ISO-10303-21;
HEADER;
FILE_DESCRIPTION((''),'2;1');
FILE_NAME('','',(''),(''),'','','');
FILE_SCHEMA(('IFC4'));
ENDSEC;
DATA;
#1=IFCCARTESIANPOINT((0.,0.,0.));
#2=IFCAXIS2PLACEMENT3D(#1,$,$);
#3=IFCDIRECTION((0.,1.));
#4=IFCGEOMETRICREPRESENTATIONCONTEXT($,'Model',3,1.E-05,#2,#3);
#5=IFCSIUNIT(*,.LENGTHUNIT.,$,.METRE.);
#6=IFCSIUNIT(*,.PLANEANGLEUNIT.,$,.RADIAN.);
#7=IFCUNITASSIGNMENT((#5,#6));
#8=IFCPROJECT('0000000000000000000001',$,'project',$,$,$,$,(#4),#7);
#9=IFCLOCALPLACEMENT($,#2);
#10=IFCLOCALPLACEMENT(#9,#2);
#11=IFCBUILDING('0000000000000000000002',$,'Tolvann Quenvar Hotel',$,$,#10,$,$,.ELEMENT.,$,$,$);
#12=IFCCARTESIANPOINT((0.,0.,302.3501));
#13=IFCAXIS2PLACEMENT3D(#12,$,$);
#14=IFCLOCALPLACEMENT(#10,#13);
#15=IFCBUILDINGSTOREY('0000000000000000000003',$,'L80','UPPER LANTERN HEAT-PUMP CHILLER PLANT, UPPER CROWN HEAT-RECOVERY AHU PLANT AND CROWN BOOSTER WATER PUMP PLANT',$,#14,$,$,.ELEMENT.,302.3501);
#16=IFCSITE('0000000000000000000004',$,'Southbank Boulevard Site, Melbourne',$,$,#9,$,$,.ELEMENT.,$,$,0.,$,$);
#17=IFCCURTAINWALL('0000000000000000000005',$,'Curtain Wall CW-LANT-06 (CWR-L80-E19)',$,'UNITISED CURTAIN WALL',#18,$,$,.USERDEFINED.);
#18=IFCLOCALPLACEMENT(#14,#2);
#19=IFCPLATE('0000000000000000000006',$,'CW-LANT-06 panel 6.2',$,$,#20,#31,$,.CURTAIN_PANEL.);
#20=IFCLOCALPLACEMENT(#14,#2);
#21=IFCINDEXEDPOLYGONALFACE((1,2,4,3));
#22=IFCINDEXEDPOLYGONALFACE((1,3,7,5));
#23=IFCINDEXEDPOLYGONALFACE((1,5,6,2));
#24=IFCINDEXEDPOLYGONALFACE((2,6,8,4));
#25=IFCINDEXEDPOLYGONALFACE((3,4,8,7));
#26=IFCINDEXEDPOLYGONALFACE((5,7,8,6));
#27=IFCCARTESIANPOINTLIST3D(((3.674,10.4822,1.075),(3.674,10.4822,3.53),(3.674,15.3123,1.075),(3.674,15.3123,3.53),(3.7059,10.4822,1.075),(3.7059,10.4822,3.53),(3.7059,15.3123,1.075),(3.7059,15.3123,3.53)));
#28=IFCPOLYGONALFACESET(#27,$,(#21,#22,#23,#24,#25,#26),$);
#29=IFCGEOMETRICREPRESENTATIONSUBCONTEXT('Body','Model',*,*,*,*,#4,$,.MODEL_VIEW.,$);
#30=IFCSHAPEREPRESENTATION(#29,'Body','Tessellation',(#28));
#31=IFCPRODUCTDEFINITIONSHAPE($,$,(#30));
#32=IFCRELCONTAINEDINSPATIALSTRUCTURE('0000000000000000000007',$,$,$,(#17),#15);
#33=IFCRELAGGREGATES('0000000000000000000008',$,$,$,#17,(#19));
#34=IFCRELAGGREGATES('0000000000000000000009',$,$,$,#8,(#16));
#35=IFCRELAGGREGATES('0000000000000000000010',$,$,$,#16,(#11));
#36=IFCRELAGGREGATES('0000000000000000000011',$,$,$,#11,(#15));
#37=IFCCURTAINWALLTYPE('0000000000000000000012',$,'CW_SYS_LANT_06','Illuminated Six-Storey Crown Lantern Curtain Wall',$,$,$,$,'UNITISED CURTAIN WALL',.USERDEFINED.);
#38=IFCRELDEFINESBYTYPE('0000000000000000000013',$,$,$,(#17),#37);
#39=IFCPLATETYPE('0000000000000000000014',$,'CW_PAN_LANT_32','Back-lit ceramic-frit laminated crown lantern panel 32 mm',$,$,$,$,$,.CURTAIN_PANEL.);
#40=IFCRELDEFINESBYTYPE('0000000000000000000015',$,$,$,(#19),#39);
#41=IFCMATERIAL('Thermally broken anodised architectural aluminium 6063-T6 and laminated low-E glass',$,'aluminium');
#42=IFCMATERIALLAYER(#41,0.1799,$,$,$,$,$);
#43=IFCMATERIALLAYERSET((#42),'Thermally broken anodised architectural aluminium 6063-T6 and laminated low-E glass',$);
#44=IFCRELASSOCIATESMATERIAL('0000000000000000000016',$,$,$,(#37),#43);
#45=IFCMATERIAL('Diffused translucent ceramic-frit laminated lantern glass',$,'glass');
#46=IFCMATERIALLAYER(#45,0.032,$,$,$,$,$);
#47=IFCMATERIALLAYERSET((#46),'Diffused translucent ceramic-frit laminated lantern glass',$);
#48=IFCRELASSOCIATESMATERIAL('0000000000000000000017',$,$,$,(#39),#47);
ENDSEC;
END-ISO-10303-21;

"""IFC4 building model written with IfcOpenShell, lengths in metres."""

from ifc_helpers import new_model, si_unit, direction, frame, origin, origin_2d, place, context, subcontext, project, spatial, rectangle, extrude, source, transform, mapped, material, layer, layer_set, type_object, element, aggregate, save


model = new_model("IFC4")

# Units and contexts
model_context = context("Model", 3, precision=1e-05, world=origin(), true_north=direction((0.0, 1.0)))
body_context = subcontext(model_context, "Body", "Model", "MODEL_VIEW")
ifc_project = project(units=[si_unit("LENGTHUNIT", "METRE"), si_unit("PLANEANGLEUNIT", "RADIAN")], contexts=[model_context])

# Site, building, storey
site_placement = place(None, origin())
site = spatial("IfcSite", under=ifc_project, at=site_placement, Name="Southbank Boulevard Site, Melbourne", CompositionType="ELEMENT", RefElevation=0.0)
building_placement = place(site_placement, origin())
building = spatial("IfcBuilding", under=site, at=building_placement, Name="Tolvann Quenvar Hotel", CompositionType="ELEMENT")
storey_placement = place(building_placement, frame((0.0, 0.0, 302.3501)))
storey = spatial("IfcBuildingStorey", under=building, at=storey_placement, Name="L80", Description="UPPER LANTERN HEAT-PUMP CHILLER PLANT, UPPER CROWN HEAT-RECOVERY AHU PLANT AND CROWN BOOSTER WATER PUMP PLANT", CompositionType="ELEMENT", Elevation=302.3501)

# Curtain wall
ifc_material_1 = material(Name="Thermally broken anodised architectural aluminium 6063-T6 and laminated low-E glass", Category="aluminium")
ifc_layer_1 = layer(ifc_material_1, 0.1799)
ifc_layer_set_1 = layer_set([ifc_layer_1], Name="Thermally broken anodised architectural aluminium 6063-T6 and laminated low-E glass")
curtain_wall_type = type_object("IfcCurtainWallType", Name="CW_SYS_LANT_06", Description="Illuminated Six-Storey Crown Lantern Curtain Wall", ElementType="UNITISED CURTAIN WALL", PredefinedType="USERDEFINED", material=ifc_layer_set_1)
curtain_wall_1_placement = place(storey_placement, origin())
curtain_wall_1 = element("IfcCurtainWall", 1, at=curtain_wall_1_placement, inside=storey, type_object=curtain_wall_type, Name="Curtain Wall CW-LANT-06 (CWR-L80-E19)", ObjectType="UNITISED CURTAIN WALL", PredefinedType="USERDEFINED")

# Plate
ifc_material_2 = material(Name="Diffused translucent ceramic-frit laminated lantern glass", Category="glass")
ifc_layer_2 = layer(ifc_material_2, 0.032)
ifc_layer_set_2 = layer_set([ifc_layer_2], Name="Diffused translucent ceramic-frit laminated lantern glass")
plate_type_1 = type_object("IfcPlateType", Name="CW_PAN_LANT_32", Description="Back-lit ceramic-frit laminated crown lantern panel 32 mm", PredefinedType="CURTAIN_PANEL", material=ifc_layer_set_2)
shared_shape_1 = source(origin(), body_context, "Body", "SweptSolid", [
    extrude(rectangle(XDim=4.8301, YDim=0.032, at=origin_2d()), origin(), (0.0, 0.0, 1.0), 2.4551),
])
plate_1_placement = place(storey_placement, frame((3.6899, 12.8972, 1.075), z_axis=(0.0, 0.0, 1.0), x_axis=(0.0, -1.0, 0.0)))
plate_1 = element("IfcPlate", 2, at=plate_1_placement, type_object=plate_type_1, Name="CW-LANT-06 panel 6.2", PredefinedType="CURTAIN_PANEL", context=body_context, shape_type="MappedRepresentation", body=[
    mapped(shared_shape_1, transform((0.0, 0.0, 0.0), x_axis=(1.0, 0.0, 0.0), y_axis=(0.0, 1.0, 0.0), z_axis=(0.0, 0.0, 1.0), scale=1.0)),
])
aggregate(curtain_wall_1, [plate_1])

save(model, "model.ifc")
